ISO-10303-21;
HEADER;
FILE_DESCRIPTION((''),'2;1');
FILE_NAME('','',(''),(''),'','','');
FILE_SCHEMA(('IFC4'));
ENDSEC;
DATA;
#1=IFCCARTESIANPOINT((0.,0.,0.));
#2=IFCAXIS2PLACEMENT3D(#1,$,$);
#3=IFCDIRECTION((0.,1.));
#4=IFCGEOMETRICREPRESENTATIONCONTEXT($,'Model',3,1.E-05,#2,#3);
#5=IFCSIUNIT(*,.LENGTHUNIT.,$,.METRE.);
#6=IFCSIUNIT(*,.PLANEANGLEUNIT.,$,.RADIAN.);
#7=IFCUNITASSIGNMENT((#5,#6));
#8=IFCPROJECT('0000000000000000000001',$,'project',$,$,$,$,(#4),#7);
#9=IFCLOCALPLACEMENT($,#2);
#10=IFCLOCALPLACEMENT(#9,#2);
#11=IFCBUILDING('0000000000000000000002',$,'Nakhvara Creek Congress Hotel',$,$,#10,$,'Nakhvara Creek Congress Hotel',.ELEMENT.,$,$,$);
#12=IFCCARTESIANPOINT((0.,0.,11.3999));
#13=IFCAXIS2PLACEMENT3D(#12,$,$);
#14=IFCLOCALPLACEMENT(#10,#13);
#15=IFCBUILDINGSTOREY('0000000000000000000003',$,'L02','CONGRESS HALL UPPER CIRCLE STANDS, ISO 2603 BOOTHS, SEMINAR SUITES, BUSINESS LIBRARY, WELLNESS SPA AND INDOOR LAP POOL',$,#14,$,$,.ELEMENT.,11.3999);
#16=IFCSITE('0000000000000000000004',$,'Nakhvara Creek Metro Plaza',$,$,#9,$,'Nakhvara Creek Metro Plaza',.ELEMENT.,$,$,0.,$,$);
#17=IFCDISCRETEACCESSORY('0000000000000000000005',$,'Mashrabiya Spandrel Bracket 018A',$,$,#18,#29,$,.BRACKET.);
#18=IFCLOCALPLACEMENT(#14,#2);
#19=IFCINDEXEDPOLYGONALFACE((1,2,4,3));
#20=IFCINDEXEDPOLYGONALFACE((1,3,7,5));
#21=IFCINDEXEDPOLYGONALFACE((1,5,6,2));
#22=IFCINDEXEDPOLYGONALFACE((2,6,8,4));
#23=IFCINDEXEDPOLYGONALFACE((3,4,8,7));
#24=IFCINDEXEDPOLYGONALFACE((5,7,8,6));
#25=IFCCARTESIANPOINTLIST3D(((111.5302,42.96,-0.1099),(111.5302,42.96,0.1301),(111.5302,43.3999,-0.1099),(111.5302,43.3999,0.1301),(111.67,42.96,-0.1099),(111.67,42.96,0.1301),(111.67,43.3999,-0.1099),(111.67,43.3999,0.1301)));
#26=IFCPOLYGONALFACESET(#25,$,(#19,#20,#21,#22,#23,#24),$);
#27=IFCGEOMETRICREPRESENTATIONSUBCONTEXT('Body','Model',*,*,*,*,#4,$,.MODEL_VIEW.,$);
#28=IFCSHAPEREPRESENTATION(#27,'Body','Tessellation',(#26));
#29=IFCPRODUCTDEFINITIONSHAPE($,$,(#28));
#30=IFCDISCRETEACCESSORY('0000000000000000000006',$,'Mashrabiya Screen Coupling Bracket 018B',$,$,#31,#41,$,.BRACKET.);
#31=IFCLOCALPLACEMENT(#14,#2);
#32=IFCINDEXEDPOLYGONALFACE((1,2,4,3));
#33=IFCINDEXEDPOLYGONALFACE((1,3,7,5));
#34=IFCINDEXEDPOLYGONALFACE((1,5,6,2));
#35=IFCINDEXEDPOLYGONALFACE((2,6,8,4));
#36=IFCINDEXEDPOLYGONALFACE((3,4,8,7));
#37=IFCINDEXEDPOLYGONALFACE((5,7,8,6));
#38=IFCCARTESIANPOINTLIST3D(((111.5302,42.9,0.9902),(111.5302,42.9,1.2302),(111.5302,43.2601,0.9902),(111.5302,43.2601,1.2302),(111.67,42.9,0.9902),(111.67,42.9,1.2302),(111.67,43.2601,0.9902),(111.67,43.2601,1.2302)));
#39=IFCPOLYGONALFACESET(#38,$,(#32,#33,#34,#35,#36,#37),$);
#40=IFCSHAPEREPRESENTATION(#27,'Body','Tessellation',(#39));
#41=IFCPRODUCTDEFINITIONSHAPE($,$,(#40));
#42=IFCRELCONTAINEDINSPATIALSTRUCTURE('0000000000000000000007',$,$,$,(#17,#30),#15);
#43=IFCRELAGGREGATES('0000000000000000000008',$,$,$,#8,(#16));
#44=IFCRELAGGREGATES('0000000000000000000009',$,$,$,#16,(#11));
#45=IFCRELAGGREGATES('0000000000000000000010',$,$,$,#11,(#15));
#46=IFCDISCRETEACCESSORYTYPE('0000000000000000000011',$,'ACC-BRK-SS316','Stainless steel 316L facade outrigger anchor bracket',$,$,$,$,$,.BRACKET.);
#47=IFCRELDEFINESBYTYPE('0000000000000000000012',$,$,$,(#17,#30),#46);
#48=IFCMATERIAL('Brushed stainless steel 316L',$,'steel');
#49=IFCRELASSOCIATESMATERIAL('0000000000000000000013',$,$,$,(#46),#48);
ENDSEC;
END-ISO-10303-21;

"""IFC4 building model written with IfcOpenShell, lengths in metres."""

from ifc_helpers import new_model, si_unit, direction, frame, origin, origin_2d, place, context, subcontext, project, spatial, rectangle, extrude, material, type_object, element, save


model = new_model("IFC4")

# Units and contexts
model_context = context("Model", 3, precision=1e-05, world=origin(), true_north=direction((0.0, 1.0)))
body_context = subcontext(model_context, "Body", "Model", "MODEL_VIEW")
ifc_project = project(units=[si_unit("LENGTHUNIT", "METRE"), si_unit("PLANEANGLEUNIT", "RADIAN")], contexts=[model_context])

# Site, building, storey
site_placement = place(None, origin())
site = spatial("IfcSite", under=ifc_project, at=site_placement, Name="Nakhvara Creek Metro Plaza", LongName="Nakhvara Creek Metro Plaza", CompositionType="ELEMENT", RefElevation=0.0)
building_placement = place(site_placement, origin())
building = spatial("IfcBuilding", under=site, at=building_placement, Name="Nakhvara Creek Congress Hotel", LongName="Nakhvara Creek Congress Hotel", CompositionType="ELEMENT")
storey_placement = place(building_placement, frame((0.0, 0.0, 11.3999)))
storey = spatial("IfcBuildingStorey", under=building, at=storey_placement, Name="L02", Description="CONGRESS HALL UPPER CIRCLE STANDS, ISO 2603 BOOTHS, SEMINAR SUITES, BUSINESS LIBRARY, WELLNESS SPA AND INDOOR LAP POOL", CompositionType="ELEMENT", Elevation=11.3999)

# Discrete accessories
ifc_material_1 = material(Name="Brushed stainless steel 316L", Category="steel")
discrete_accessory_type = type_object("IfcDiscreteAccessoryType", Name="ACC-BRK-SS316", Description="Stainless steel 316L facade outrigger anchor bracket", PredefinedType="BRACKET", material=ifc_material_1)
discrete_accessory_1_placement = place(storey_placement, frame((111.6001, 43.1799, -0.1099), z_axis=(0.0, 0.0, 1.0), x_axis=(1.0, 0.0, 0.0)))
element("IfcDiscreteAccessory", 1, at=discrete_accessory_1_placement, inside=storey, type_object=discrete_accessory_type, Name="Mashrabiya Spandrel Bracket 018A", PredefinedType="BRACKET", context=body_context, shape_type="SweptSolid", body=[
    extrude(rectangle(XDim=0.1399, YDim=0.4399, at=origin_2d()), origin(), (0.0, 0.0, 1.0), 0.24),
])
discrete_accessory_2_placement = place(storey_placement, frame((111.6001, 43.0801, 0.9902), z_axis=(0.0, 0.0, 1.0), x_axis=(1.0, 0.0, 0.0)))
element("IfcDiscreteAccessory", 2, at=discrete_accessory_2_placement, inside=storey, type_object=discrete_accessory_type, Name="Mashrabiya Screen Coupling Bracket 018B", PredefinedType="BRACKET", context=body_context, shape_type="SweptSolid", body=[
    extrude(rectangle(XDim=0.1399, YDim=0.3601, at=origin_2d()), origin(), (0.0, 0.0, 1.0), 0.24),
])

save(model, "model.ifc")
